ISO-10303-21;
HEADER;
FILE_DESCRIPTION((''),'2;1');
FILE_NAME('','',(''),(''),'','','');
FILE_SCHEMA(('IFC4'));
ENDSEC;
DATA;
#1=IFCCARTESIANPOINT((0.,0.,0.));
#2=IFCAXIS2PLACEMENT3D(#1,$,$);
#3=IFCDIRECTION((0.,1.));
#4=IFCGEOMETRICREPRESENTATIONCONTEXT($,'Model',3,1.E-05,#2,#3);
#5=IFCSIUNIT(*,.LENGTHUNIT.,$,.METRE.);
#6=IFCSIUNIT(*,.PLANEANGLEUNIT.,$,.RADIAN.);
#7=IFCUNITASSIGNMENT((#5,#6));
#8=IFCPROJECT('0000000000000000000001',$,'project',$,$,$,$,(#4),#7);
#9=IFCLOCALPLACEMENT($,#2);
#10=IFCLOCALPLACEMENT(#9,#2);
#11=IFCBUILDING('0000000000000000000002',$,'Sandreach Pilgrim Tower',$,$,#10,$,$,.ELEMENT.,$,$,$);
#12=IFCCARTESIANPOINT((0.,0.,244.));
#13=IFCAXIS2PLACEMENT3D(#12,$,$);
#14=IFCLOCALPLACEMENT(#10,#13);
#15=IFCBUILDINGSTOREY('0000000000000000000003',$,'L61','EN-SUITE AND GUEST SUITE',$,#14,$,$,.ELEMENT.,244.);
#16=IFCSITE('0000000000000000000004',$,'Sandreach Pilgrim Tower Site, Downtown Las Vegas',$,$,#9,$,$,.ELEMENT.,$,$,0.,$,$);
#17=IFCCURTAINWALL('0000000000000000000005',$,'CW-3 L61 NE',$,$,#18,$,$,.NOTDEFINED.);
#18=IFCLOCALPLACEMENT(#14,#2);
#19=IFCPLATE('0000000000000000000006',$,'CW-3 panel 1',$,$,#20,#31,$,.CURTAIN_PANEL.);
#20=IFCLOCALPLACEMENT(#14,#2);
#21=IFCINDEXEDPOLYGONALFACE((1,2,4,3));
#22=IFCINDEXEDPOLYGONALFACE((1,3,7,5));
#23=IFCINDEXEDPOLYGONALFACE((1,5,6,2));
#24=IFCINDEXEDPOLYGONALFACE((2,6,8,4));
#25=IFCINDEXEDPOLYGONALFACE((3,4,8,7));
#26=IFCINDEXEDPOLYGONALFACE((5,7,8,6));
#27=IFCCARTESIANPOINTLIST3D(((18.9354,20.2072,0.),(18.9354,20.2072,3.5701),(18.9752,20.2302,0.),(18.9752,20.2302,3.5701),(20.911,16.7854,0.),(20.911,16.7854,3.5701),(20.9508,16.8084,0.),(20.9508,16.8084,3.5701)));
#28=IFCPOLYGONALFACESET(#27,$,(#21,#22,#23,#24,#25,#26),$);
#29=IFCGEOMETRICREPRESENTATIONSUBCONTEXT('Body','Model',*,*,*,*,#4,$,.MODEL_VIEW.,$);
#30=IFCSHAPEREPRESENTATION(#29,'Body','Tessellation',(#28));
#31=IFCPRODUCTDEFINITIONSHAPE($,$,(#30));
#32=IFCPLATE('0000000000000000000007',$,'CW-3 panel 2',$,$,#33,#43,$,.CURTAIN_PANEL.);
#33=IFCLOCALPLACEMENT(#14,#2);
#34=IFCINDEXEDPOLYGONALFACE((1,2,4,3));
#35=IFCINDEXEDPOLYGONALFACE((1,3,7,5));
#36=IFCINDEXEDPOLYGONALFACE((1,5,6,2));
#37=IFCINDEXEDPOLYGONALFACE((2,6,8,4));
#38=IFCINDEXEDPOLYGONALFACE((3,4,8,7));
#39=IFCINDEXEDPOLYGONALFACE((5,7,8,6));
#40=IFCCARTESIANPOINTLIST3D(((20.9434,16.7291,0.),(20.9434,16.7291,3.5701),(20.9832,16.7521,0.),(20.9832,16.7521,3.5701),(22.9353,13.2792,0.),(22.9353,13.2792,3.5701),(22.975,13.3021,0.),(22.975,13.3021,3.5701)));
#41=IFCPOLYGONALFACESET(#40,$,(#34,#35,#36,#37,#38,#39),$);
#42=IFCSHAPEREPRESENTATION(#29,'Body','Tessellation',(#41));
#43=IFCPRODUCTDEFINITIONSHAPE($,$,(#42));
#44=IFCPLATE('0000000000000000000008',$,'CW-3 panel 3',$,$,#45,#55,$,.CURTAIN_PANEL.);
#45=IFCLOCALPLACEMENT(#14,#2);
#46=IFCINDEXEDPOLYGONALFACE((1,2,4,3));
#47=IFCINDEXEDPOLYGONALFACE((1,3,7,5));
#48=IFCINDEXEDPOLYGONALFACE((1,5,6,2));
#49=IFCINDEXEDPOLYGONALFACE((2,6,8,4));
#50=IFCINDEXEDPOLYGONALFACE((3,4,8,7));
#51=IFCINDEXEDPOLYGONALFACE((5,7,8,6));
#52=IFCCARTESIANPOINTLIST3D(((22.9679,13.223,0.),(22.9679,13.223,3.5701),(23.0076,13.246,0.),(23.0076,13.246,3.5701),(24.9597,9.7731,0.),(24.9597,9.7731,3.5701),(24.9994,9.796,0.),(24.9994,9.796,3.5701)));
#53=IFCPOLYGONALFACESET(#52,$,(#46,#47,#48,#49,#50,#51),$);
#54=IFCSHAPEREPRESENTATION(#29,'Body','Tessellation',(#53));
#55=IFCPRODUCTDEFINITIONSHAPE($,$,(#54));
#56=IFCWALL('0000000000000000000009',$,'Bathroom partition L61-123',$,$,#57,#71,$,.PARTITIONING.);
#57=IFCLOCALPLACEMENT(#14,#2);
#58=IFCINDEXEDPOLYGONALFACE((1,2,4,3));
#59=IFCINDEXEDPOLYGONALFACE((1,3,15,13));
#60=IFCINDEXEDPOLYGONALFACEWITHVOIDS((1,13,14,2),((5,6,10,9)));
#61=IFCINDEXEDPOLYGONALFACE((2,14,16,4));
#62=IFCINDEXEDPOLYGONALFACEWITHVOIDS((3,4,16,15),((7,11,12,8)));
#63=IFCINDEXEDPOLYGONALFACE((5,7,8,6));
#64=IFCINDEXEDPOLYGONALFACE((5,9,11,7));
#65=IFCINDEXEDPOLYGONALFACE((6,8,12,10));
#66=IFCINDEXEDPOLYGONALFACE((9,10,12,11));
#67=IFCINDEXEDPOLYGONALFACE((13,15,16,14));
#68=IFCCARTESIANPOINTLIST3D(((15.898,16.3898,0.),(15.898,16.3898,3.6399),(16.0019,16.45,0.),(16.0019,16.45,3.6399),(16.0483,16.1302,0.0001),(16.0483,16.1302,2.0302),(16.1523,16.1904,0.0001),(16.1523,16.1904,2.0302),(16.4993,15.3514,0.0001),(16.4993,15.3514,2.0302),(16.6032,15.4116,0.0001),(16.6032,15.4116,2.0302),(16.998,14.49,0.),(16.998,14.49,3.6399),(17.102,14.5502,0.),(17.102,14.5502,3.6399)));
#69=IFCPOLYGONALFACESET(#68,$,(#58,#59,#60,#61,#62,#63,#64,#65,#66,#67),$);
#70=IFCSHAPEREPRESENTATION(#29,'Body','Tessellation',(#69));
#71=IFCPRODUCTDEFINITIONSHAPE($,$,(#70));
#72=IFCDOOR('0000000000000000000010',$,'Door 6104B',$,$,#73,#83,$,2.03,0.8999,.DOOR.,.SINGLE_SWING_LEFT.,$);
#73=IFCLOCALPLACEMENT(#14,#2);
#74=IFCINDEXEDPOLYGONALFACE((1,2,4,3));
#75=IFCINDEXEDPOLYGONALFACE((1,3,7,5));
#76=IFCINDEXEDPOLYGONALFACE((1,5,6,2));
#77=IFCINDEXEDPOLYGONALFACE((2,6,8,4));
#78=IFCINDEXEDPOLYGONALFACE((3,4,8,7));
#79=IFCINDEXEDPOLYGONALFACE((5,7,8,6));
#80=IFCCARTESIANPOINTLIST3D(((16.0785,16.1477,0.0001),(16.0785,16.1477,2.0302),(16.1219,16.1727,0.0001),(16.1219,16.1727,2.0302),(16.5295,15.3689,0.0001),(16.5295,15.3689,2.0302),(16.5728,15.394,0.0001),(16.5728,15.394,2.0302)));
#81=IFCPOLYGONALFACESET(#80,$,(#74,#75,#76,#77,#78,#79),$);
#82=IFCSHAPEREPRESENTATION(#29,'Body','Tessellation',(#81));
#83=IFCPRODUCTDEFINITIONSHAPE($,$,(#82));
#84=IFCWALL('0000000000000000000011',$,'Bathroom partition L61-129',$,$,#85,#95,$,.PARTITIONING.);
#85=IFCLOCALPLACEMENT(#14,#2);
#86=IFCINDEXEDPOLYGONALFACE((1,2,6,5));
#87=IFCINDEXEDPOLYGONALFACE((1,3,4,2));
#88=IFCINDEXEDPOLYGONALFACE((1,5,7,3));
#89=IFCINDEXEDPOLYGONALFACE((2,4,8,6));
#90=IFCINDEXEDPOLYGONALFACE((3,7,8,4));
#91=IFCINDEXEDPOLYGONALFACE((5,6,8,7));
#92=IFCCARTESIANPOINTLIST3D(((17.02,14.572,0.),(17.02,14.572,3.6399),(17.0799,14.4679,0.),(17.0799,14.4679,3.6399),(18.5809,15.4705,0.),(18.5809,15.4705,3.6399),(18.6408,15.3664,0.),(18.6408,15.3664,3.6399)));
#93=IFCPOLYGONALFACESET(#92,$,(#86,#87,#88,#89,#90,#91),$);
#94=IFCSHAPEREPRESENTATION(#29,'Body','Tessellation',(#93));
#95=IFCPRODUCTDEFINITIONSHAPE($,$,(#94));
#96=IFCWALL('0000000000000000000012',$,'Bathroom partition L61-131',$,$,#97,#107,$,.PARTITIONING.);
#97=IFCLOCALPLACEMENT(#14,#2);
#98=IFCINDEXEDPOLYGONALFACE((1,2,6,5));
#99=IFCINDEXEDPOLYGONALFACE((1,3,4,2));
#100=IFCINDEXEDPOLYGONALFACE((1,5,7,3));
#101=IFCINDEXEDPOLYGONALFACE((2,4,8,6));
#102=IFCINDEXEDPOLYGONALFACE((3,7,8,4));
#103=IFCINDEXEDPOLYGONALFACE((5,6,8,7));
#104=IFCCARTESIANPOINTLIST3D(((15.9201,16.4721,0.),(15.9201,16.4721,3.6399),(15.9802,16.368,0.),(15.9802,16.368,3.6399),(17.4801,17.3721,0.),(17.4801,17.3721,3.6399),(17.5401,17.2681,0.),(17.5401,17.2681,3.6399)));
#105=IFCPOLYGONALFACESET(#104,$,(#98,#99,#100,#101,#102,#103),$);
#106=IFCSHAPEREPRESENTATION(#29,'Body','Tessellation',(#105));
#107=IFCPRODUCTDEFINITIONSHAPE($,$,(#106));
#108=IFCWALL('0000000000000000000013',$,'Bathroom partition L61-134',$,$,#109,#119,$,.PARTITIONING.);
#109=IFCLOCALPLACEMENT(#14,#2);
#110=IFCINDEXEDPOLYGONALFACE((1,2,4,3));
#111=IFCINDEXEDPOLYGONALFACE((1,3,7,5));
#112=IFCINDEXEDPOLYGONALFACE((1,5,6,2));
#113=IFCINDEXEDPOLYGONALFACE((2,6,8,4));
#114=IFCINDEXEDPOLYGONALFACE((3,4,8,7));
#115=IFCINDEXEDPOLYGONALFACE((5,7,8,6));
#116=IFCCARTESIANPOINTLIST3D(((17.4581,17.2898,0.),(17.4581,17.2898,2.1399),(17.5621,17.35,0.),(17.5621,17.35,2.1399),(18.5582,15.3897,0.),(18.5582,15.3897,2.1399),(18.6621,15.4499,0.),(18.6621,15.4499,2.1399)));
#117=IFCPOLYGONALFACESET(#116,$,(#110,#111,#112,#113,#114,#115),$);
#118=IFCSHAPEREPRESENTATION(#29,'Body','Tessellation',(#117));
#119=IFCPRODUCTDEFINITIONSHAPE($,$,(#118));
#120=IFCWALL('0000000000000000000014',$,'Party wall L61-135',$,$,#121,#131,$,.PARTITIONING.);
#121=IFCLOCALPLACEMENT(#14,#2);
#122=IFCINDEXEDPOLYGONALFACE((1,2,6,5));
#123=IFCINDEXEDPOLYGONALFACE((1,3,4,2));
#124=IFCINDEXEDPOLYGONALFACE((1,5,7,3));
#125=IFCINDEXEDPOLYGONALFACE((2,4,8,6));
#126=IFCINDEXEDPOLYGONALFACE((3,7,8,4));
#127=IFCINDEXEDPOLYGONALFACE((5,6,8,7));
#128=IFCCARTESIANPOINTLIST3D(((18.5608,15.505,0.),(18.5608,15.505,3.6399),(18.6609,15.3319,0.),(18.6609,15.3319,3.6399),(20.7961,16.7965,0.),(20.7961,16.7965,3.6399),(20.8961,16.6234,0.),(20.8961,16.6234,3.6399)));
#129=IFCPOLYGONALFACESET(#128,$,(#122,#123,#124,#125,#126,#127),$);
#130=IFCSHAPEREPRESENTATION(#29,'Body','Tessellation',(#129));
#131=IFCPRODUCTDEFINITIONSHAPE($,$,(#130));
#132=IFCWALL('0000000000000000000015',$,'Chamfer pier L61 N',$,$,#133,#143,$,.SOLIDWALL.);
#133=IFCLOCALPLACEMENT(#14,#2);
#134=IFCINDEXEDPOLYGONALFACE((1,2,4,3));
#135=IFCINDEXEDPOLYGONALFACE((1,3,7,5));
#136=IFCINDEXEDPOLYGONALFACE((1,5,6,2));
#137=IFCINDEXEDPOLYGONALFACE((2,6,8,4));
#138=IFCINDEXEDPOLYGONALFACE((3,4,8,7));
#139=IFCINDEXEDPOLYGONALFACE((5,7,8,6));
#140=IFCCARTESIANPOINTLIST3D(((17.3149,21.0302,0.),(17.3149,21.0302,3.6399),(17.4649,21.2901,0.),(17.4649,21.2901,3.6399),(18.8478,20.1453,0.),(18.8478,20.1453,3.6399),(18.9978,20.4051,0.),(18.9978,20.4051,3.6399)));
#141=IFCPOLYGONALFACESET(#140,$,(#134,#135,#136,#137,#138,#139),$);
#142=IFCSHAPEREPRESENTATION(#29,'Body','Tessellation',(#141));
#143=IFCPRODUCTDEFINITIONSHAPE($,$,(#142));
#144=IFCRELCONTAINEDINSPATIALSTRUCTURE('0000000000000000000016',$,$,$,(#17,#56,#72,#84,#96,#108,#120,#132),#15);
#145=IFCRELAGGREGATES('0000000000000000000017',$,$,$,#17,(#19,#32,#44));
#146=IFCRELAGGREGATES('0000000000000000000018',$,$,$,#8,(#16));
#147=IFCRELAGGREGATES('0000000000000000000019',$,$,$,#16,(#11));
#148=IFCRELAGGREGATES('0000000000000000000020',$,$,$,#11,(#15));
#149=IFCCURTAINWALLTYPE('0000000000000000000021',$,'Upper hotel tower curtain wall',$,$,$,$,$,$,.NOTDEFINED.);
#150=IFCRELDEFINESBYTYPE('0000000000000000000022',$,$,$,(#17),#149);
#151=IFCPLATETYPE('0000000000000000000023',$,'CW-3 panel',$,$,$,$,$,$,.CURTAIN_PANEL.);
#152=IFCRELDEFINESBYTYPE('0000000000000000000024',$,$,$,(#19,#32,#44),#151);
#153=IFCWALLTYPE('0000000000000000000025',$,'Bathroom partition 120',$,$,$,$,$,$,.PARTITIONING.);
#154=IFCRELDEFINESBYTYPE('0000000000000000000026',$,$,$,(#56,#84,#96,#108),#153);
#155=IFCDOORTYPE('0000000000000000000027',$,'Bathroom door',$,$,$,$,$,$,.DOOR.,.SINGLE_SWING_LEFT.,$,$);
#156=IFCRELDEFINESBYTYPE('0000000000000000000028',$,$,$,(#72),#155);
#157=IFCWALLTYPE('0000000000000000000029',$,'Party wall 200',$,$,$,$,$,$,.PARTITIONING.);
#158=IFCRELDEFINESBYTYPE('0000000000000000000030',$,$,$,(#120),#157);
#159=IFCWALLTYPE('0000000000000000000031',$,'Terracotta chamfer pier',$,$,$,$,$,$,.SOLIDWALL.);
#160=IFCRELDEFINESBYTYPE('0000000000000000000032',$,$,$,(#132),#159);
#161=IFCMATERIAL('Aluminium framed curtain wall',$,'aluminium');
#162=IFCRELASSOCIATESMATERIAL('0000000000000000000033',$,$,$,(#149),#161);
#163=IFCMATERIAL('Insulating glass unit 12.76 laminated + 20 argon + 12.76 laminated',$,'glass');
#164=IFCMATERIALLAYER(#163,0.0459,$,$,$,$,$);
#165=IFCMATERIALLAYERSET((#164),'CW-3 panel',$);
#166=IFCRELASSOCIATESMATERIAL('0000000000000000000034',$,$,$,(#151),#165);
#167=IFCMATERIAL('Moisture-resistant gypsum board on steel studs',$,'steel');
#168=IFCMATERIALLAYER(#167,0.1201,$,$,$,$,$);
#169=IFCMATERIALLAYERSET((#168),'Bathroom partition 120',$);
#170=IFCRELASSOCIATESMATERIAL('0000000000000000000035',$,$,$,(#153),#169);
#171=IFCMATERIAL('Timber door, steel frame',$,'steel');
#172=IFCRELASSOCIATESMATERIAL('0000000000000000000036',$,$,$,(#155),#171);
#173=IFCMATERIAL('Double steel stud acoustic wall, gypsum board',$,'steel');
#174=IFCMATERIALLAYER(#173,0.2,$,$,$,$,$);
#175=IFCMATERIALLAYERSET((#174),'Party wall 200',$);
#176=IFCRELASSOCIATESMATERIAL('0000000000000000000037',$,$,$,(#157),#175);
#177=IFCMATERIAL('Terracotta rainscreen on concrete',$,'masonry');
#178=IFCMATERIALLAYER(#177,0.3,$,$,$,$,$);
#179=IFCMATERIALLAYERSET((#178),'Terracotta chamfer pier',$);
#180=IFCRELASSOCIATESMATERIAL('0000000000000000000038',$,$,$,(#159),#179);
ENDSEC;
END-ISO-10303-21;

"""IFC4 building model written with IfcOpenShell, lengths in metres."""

from ifc_helpers import new_model, si_unit, direction, frame, frame_2d, origin, origin_2d, place, context, subcontext, project, spatial, rectangle, extrude, material, layer, layer_set, type_object, element, fill, aggregate, save


model = new_model("IFC4")

# Units and contexts
model_context = context("Model", 3, precision=1e-05, world=origin(), true_north=direction((0.0, 1.0)))
body_context = subcontext(model_context, "Body", "Model", "MODEL_VIEW")
ifc_project = project(units=[si_unit("LENGTHUNIT", "METRE"), si_unit("PLANEANGLEUNIT", "RADIAN")], contexts=[model_context])

# Site, building, storey
site_placement = place(None, origin())
site = spatial("IfcSite", under=ifc_project, at=site_placement, Name="Sandreach Pilgrim Tower Site, Downtown Las Vegas", CompositionType="ELEMENT", RefElevation=0.0)
building_placement = place(site_placement, origin())
building = spatial("IfcBuilding", under=site, at=building_placement, Name="Sandreach Pilgrim Tower", CompositionType="ELEMENT")
storey_placement = place(building_placement, frame((0.0, 0.0, 244.0)))
storey = spatial("IfcBuildingStorey", under=building, at=storey_placement, Name="L61", Description="EN-SUITE AND GUEST SUITE", CompositionType="ELEMENT", Elevation=244.0)

# Shared definitions
ifc_material_1 = material(Name="Aluminium framed curtain wall", Category="aluminium")
curtain_wall_type = type_object("IfcCurtainWallType", Name="Upper hotel tower curtain wall", PredefinedType="NOTDEFINED", material=ifc_material_1)

# Curtain wall
curtain_wall_1_placement = place(storey_placement, origin())
curtain_wall_1 = element("IfcCurtainWall", 1, at=curtain_wall_1_placement, inside=storey, type_object=curtain_wall_type, Name="CW-3 L61 NE", PredefinedType="NOTDEFINED")

# Plates
ifc_material_2 = material(Name="Insulating glass unit 12.76 laminated + 20 argon + 12.76 laminated", Category="glass")
ifc_layer_1 = layer(ifc_material_2, 0.0459)
ifc_layer_set_1 = layer_set([ifc_layer_1], Name="CW-3 panel")
plate_type = type_object("IfcPlateType", Name="CW-3 panel", PredefinedType="CURTAIN_PANEL", material=ifc_layer_set_1)
plate_1_placement = place(storey_placement, frame((19.9431, 18.5078, 0.0), z_axis=(0.0, 0.0, 1.0), x_axis=(0.5, -0.866025, 0.0)))
plate_1 = element("IfcPlate", 2, at=plate_1_placement, type_object=plate_type, Name="CW-3 panel 1", PredefinedType="CURTAIN_PANEL", context=body_context, shape_type="SweptSolid", body=[
    extrude(rectangle(XDim=3.9512, YDim=0.0459, at=origin_2d()), origin(), (0.0, 0.0, 1.0), 3.5701),
])
plate_2_placement = place(storey_placement, frame((21.9592, 15.0156, 0.0), z_axis=(0.0, 0.0, 1.0), x_axis=(0.5, -0.866025, 0.0)))
plate_2 = element("IfcPlate", 3, at=plate_2_placement, type_object=plate_type, Name="CW-3 panel 2", PredefinedType="CURTAIN_PANEL", context=body_context, shape_type="SweptSolid", body=[
    extrude(rectangle(XDim=3.9836, YDim=0.0459, at=origin_2d()), origin(), (0.0, 0.0, 1.0), 3.5701),
])
plate_3_placement = place(storey_placement, frame((23.9836, 11.5095, 0.0), z_axis=(0.0, 0.0, 1.0), x_axis=(0.5, -0.866025, 0.0)))
plate_3 = element("IfcPlate", 4, at=plate_3_placement, type_object=plate_type, Name="CW-3 panel 3", PredefinedType="CURTAIN_PANEL", context=body_context, shape_type="SweptSolid", body=[
    extrude(rectangle(XDim=3.9836, YDim=0.0459, at=origin_2d()), origin(), (0.0, 0.0, 1.0), 3.5701),
])
aggregate(curtain_wall_1, [plate_1, plate_2, plate_3])

# Wall, opening, door
ifc_material_3 = material(Name="Moisture-resistant gypsum board on steel studs", Category="steel")
ifc_layer_2 = layer(ifc_material_3, 0.1201)
ifc_layer_set_2 = layer_set([ifc_layer_2], Name="Bathroom partition 120")
wall_type_1 = type_object("IfcWallType", Name="Bathroom partition 120", PredefinedType="PARTITIONING", material=ifc_layer_set_2)
wall_1_placement = place(storey_placement, frame((15.95, 16.4199, 0.0), z_axis=(0.0, 0.0, 1.0), x_axis=(0.501089, -0.865396, 0.0)))
wall_1 = element("IfcWall", 5, at=wall_1_placement, inside=storey, type_object=wall_type_1, Name="Bathroom partition L61-123", PredefinedType="PARTITIONING", context=body_context, shape_type="SweptSolid", body=[
    extrude(rectangle(XDim=2.1953, YDim=0.1201, at=frame_2d((1.0977, 0.0))), origin(), (0.0, 0.0, 1.0), 3.6399),
])
opening_placement = place(wall_1_placement, frame((0.3, 0.0, 0.0)))
opening = element("IfcOpeningElement", 6, at=opening_placement, cuts=wall_1, PredefinedType="OPENING", context=body_context, shape_type="SweptSolid", body=[
    extrude(rectangle(XDim=0.8999, YDim=2.03, at=frame_2d((0.45, 1.0151))), frame((0.0, 0.0601, 0.0), z_axis=(0.0, -1.0, 0.0), x_axis=(1.0, 0.0, 0.0)), (0.0, 0.0, 1.0), 0.1201),
])
ifc_material_4 = material(Name="Timber door, steel frame", Category="steel")
door_type = type_object("IfcDoorType", Name="Bathroom door", OperationType="SINGLE_SWING_LEFT", PredefinedType="DOOR", material=ifc_material_4)
door_placement = place(opening_placement, origin())
door = element("IfcDoor", 7, at=door_placement, inside=storey, type_object=door_type, Name="Door 6104B", OperationType="SINGLE_SWING_LEFT", OverallHeight=2.03, OverallWidth=0.8999, PredefinedType="DOOR", context=body_context, shape_type="SweptSolid", body=[
    extrude(rectangle(XDim=0.8999, YDim=2.03, at=frame_2d((0.45, 1.0151))), frame((0.0, 0.0249, 0.0), z_axis=(0.0, -1.0, 0.0), x_axis=(1.0, 0.0, 0.0)), (0.0, 0.0, 1.0), 0.05),
])
fill(opening, door)

# Walls
for number, where, z_axis, x_axis, name in (
    (8, (17.05, 14.52, 0.0), (0.0, 0.0, 1.0), (0.86667, 0.498881, 0.0), "Bathroom partition L61-129"),
    (9, (17.51, 17.3201, 0.0), (0.0, 0.0, 1.0), (-0.866159, -0.499769, 0.0), "Bathroom partition L61-131"),
):
    element("IfcWall", number, at=place(storey_placement, frame(where, z_axis=z_axis, x_axis=x_axis)), inside=storey, type_object=wall_type_1, Name=name, PredefinedType="PARTITIONING", context=body_context, shape_type="SweptSolid", body=[
        extrude(rectangle(XDim=1.801, YDim=0.1201, at=frame_2d((0.9004, 0.0))), origin(), (0.0, 0.0, 1.0), 3.6399),
    ])
wall_2_placement = place(storey_placement, frame((18.6101, 15.4199, 0.0), z_axis=(0.0, 0.0, 1.0), x_axis=(-0.501041, 0.865424, 0.0)))
element("IfcWall", 10, at=wall_2_placement, inside=storey, type_object=wall_type_1, Name="Bathroom partition L61-134", PredefinedType="PARTITIONING", context=body_context, shape_type="SweptSolid", body=[
    extrude(rectangle(XDim=2.1956, YDim=0.1201, at=frame_2d((1.0977, 0.0))), origin(), (0.0, 0.0, 1.0), 2.1399),
])
ifc_material_5 = material(Name="Double steel stud acoustic wall, gypsum board", Category="steel")
ifc_layer_3 = layer(ifc_material_5, 0.2)
ifc_layer_set_3 = layer_set([ifc_layer_3], Name="Party wall 200")
wall_type_2 = type_object("IfcWallType", Name="Party wall 200", PredefinedType="PARTITIONING", material=ifc_layer_set_3)
wall_3_placement = place(storey_placement, frame((18.6108, 15.4185, 0.0), z_axis=(0.0, 0.0, 1.0), x_axis=(0.865871, 0.500268, 0.0)))
element("IfcWall", 11, at=wall_3_placement, inside=storey, type_object=wall_type_2, Name="Party wall L61-135", PredefinedType="PARTITIONING", context=body_context, shape_type="SweptSolid", body=[
    extrude(rectangle(XDim=2.5815, YDim=0.2, at=frame_2d((1.2908, 0.0))), origin(), (0.0, 0.0, 1.0), 3.6399),
])
ifc_material_6 = material(Name="Terracotta rainscreen on concrete", Category="masonry")
ifc_layer_4 = layer(ifc_material_6, 0.3)
ifc_layer_set_4 = layer_set([ifc_layer_4], Name="Terracotta chamfer pier")
wall_type_3 = type_object("IfcWallType", Name="Terracotta chamfer pier", PredefinedType="SOLIDWALL", material=ifc_layer_set_4)
wall_4_placement = place(storey_placement, frame((17.3899, 21.1602, 0.0), z_axis=(0.0, 0.0, 1.0), x_axis=(0.866036, -0.499981, 0.0)))
element("IfcWall", 12, at=wall_4_placement, inside=storey, type_object=wall_type_3, Name="Chamfer pier L61 N", PredefinedType="SOLIDWALL", context=body_context, shape_type="SweptSolid", body=[
    extrude(rectangle(XDim=1.77, YDim=0.3, at=frame_2d((0.885, 0.0))), origin(), (0.0, 0.0, 1.0), 3.6399),
])

save(model, "model.ifc")
